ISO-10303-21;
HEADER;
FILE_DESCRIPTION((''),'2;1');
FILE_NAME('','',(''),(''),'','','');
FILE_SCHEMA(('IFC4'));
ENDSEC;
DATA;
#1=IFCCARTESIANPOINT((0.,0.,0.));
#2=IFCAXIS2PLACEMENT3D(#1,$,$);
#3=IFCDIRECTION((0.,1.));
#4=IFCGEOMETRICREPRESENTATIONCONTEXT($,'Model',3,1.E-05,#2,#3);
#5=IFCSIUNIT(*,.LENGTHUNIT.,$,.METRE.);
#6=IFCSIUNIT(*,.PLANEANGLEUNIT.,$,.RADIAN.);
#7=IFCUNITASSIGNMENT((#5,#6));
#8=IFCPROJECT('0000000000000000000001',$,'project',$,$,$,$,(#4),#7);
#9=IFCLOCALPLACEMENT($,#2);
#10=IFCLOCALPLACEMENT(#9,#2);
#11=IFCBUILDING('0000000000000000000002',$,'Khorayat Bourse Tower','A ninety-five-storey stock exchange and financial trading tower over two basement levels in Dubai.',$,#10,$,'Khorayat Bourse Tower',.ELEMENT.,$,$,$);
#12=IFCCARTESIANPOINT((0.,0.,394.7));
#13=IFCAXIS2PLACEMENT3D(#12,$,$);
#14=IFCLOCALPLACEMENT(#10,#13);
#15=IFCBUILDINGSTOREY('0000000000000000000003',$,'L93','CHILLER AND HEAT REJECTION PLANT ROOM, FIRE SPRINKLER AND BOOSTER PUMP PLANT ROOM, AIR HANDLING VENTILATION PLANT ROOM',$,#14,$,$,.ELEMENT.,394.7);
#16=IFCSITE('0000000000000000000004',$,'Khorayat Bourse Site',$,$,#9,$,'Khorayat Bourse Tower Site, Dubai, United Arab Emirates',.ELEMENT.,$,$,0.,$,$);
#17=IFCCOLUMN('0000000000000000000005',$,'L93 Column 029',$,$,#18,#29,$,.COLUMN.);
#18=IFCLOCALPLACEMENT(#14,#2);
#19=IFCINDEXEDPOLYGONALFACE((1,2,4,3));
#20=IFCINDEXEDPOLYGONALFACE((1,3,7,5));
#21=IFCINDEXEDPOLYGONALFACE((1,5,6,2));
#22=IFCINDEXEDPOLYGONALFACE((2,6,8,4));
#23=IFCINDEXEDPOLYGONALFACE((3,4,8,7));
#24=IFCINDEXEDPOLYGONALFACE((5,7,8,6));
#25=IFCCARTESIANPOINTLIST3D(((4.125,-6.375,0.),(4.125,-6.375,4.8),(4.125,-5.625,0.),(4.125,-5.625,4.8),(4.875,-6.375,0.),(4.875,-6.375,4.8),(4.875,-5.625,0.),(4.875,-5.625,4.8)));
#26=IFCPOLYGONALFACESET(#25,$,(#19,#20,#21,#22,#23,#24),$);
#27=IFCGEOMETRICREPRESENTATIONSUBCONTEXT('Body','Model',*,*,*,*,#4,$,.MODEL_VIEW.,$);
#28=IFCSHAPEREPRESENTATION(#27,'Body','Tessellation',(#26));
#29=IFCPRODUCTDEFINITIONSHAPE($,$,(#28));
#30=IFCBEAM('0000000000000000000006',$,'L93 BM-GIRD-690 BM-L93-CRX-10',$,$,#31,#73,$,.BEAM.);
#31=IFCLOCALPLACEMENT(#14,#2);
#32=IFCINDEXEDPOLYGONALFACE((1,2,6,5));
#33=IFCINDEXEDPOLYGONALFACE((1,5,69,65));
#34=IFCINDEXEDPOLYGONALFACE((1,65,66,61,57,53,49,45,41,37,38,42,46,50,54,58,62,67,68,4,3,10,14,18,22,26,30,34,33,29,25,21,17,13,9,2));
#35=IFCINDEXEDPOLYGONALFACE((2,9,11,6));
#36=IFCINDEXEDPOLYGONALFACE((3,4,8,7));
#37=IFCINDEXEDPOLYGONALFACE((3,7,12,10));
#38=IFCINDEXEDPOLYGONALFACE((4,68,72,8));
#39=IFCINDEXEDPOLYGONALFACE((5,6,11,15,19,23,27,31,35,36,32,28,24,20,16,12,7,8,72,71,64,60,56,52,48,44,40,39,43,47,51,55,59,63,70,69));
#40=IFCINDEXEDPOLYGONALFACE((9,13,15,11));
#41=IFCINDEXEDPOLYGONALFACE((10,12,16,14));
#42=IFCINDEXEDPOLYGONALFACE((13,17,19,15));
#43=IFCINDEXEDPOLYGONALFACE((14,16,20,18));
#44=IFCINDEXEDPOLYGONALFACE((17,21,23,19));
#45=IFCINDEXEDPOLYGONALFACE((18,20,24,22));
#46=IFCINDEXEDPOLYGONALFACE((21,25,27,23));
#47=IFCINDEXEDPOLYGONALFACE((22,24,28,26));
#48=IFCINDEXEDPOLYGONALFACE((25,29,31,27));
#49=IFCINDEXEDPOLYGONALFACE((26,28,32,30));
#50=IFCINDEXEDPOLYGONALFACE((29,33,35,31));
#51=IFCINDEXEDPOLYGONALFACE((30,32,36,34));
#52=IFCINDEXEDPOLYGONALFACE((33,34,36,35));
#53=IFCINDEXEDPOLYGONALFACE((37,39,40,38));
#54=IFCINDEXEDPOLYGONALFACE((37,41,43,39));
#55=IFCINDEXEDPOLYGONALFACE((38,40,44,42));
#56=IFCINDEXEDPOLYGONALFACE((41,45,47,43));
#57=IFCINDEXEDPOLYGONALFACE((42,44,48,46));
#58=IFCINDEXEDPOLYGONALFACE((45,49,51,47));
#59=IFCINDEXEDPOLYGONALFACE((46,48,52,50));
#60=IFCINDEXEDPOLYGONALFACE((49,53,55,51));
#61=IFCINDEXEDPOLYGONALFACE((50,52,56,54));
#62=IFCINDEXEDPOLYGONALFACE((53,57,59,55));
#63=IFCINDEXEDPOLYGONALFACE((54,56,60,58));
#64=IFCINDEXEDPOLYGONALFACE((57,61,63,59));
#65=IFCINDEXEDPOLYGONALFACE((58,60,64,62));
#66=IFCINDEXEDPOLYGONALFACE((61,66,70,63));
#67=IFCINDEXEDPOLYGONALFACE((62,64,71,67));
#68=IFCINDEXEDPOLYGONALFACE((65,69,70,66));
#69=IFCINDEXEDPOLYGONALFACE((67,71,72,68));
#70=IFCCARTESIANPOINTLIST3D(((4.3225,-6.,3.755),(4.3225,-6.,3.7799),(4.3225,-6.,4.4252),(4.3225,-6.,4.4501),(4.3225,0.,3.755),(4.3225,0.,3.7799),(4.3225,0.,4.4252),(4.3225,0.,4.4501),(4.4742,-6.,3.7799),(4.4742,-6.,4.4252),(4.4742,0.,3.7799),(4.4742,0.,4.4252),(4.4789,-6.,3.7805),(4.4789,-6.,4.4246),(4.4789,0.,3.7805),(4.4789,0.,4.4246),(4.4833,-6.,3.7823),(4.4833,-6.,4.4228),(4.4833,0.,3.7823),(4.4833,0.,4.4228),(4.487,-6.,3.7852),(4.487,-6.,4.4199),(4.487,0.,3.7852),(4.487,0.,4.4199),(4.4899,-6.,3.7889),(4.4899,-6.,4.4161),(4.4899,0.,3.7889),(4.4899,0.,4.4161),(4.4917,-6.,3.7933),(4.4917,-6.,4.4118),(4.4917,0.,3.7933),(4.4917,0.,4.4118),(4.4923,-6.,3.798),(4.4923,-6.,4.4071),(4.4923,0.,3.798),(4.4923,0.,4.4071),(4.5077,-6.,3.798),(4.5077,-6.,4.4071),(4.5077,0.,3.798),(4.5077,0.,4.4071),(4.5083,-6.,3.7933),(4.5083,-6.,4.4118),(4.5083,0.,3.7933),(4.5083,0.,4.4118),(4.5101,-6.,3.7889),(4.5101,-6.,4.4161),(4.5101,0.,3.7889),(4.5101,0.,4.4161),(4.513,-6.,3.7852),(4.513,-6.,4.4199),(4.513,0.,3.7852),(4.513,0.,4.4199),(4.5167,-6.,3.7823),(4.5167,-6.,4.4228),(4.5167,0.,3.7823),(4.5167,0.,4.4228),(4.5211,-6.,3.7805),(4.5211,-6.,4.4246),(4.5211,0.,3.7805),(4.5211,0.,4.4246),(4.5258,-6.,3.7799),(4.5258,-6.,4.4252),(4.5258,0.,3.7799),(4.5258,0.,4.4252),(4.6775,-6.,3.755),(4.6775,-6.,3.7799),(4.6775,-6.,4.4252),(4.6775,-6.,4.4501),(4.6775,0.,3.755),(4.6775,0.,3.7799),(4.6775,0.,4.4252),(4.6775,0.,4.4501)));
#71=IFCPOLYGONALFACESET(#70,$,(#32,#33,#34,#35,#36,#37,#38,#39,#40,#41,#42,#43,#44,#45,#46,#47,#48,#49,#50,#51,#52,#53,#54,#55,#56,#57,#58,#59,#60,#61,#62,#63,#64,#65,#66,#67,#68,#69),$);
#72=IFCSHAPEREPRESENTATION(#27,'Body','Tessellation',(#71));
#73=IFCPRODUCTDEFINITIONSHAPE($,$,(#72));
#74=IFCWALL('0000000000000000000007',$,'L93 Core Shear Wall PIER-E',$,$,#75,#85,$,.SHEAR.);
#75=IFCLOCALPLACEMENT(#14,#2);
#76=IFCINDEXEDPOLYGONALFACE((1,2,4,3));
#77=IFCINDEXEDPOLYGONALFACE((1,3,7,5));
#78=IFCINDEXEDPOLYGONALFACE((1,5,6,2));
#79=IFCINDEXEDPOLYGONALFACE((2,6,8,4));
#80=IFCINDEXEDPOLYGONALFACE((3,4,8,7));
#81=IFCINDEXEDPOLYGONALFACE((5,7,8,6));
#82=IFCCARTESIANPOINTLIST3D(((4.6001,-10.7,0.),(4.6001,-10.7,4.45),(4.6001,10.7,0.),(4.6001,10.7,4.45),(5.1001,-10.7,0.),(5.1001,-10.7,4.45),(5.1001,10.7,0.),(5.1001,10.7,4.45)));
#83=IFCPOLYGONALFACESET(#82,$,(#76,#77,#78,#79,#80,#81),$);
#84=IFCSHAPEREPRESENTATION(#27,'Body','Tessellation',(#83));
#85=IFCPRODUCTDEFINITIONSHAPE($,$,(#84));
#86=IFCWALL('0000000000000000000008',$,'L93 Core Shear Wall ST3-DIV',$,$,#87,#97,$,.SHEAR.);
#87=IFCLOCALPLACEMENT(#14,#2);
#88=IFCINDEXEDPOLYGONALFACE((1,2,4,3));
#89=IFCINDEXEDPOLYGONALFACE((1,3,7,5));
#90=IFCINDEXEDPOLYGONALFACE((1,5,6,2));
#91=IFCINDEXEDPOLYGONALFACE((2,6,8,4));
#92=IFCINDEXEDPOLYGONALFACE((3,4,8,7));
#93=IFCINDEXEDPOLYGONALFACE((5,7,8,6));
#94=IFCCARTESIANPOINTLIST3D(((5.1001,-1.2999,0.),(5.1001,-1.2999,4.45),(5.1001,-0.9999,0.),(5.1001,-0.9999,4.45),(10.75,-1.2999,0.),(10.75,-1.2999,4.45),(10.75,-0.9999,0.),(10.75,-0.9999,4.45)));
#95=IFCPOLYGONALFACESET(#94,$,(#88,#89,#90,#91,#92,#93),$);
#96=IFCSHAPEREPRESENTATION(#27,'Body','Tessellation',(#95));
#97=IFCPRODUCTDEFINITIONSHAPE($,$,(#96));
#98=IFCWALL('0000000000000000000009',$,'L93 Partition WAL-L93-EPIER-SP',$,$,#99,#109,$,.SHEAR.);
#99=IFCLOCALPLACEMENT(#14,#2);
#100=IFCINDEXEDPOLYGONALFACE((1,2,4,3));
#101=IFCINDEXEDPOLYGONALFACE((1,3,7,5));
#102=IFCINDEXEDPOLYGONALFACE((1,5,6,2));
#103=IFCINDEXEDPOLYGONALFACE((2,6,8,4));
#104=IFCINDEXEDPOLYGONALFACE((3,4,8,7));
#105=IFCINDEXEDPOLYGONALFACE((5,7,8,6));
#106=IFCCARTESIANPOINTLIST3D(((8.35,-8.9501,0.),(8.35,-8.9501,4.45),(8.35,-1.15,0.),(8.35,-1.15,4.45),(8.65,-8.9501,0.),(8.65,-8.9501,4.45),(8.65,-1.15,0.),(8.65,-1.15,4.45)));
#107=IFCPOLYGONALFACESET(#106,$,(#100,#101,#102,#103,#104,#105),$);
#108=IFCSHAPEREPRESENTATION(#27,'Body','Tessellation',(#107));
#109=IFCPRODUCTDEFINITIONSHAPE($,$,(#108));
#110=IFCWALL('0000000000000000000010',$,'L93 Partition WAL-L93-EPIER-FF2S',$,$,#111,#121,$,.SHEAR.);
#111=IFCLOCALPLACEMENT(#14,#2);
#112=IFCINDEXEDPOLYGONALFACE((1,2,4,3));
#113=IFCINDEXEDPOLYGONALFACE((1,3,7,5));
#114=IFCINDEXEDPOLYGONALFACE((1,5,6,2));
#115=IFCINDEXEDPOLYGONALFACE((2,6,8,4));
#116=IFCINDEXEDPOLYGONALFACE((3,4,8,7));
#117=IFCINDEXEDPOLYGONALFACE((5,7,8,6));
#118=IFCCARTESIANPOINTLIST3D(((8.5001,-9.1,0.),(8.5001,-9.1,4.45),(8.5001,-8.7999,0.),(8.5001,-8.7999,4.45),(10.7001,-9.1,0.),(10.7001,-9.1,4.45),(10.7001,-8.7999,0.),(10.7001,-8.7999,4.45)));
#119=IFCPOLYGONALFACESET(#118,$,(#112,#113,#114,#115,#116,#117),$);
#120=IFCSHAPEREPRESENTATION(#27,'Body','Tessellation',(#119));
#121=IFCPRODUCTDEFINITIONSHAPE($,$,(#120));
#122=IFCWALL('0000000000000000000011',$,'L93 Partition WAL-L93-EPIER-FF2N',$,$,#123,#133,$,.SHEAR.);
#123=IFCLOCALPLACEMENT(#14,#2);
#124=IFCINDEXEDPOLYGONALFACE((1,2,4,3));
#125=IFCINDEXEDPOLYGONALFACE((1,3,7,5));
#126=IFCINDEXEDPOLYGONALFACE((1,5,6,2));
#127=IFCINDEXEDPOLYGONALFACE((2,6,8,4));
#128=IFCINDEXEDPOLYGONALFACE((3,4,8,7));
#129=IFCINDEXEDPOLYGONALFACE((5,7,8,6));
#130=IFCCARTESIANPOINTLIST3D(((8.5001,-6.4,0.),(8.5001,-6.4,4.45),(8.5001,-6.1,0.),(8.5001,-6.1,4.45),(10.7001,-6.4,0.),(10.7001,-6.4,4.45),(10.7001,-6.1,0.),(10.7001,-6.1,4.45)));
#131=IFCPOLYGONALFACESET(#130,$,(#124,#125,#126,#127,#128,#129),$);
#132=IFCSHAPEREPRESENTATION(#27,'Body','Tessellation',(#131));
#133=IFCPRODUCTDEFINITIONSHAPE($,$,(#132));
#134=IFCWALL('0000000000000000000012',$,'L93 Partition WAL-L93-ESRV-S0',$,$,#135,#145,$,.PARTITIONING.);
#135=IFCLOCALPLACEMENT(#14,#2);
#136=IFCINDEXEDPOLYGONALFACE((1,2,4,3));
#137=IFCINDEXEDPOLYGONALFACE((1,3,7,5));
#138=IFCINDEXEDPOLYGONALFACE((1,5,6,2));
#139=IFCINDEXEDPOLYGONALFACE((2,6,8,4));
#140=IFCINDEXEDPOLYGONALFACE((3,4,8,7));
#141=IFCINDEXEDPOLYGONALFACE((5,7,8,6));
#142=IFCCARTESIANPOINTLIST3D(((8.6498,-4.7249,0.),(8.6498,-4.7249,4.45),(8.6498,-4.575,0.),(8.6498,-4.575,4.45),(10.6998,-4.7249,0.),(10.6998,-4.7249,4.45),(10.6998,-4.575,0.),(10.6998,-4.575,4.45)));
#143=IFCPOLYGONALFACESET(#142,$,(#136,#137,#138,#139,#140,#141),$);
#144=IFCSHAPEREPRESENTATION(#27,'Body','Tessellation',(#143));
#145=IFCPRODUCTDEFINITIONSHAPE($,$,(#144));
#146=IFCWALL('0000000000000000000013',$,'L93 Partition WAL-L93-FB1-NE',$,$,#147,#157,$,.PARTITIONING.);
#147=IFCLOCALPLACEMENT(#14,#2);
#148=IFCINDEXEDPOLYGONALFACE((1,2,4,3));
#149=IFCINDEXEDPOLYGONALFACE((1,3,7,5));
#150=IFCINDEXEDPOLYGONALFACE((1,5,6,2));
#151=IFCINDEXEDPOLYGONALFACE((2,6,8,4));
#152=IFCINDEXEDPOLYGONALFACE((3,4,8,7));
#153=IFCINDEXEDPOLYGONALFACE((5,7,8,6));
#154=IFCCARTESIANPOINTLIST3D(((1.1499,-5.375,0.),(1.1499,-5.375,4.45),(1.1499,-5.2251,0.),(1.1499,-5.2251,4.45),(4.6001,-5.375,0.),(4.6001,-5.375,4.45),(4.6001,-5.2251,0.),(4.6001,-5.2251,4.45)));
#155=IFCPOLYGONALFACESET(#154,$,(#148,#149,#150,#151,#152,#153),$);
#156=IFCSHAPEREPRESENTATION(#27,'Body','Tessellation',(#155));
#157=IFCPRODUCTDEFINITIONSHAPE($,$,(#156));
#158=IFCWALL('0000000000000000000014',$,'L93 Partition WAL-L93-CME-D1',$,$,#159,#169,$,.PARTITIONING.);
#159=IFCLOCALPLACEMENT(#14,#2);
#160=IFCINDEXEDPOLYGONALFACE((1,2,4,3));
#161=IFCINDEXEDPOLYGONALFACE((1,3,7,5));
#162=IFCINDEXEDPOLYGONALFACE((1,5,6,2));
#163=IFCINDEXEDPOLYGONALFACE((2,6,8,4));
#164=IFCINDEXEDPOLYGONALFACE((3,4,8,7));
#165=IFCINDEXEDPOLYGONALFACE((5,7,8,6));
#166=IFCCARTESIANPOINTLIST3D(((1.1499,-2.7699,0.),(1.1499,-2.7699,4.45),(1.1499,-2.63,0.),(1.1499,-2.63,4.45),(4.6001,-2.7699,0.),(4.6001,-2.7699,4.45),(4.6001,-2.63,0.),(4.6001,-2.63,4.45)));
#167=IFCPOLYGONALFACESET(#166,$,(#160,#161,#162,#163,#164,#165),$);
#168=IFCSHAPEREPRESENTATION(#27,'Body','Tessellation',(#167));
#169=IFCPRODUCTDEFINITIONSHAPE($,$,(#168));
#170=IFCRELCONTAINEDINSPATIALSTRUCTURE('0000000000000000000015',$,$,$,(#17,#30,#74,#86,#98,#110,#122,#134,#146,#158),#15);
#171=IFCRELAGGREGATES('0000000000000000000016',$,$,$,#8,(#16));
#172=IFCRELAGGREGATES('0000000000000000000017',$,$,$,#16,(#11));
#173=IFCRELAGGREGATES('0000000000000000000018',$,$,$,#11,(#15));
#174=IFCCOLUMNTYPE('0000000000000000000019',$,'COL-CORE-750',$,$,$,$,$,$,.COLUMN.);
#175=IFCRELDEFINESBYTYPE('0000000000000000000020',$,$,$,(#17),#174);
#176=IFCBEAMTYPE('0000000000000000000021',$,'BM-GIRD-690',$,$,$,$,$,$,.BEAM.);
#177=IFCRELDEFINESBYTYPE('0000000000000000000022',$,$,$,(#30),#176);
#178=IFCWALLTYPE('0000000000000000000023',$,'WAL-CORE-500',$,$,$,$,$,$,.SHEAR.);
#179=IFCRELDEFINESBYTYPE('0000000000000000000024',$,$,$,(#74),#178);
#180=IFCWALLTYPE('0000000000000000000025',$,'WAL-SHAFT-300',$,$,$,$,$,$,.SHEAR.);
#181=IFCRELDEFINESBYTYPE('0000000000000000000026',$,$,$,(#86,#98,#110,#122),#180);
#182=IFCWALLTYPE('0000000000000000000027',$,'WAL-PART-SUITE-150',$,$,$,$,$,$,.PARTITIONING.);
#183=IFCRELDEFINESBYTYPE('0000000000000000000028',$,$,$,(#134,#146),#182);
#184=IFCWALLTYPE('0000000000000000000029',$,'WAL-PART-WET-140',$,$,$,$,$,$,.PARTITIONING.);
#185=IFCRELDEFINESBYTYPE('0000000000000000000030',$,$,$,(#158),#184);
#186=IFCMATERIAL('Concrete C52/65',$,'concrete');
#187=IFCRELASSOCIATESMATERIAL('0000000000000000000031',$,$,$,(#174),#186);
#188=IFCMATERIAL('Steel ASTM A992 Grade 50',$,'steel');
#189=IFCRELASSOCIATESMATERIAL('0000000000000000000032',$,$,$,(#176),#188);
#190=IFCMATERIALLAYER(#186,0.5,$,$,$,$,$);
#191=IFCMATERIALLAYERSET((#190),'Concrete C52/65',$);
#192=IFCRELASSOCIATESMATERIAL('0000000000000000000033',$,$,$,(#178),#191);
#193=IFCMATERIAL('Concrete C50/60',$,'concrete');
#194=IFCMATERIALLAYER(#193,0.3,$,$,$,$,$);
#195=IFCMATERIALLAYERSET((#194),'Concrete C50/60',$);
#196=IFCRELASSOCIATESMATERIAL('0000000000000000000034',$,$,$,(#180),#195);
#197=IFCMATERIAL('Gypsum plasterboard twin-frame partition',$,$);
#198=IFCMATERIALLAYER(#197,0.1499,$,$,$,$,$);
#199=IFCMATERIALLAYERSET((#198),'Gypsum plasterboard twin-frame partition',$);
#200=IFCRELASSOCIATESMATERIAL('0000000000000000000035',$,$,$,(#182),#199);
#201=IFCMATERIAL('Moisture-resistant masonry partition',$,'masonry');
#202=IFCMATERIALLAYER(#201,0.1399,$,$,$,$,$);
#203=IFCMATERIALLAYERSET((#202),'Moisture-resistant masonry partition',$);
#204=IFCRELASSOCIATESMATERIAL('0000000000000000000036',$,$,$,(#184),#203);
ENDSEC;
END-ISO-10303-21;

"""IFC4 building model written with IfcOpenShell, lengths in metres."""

from ifc_helpers import new_model, si_unit, direction, frame, frame_2d, origin, origin_2d, place, context, subcontext, project, spatial, rectangle, i_section, extrude, source, transform, mapped, material, layer, layer_set, material_profile, profile_set, type_object, element, save


model = new_model("IFC4")

# Units and contexts
model_context = context("Model", 3, precision=1e-05, world=origin(), true_north=direction((0.0, 1.0)))
body_context = subcontext(model_context, "Body", "Model", "MODEL_VIEW")
ifc_project = project(units=[si_unit("LENGTHUNIT", "METRE"), si_unit("PLANEANGLEUNIT", "RADIAN")], contexts=[model_context])

# Site, building, storey
site_placement = place(None, origin())
site = spatial("IfcSite", under=ifc_project, at=site_placement, Name="Khorayat Bourse Site", LongName="Khorayat Bourse Tower Site, Dubai, United Arab Emirates", CompositionType="ELEMENT", RefElevation=0.0)
building_placement = place(site_placement, origin())
building = spatial("IfcBuilding", under=site, at=building_placement, Name="Khorayat Bourse Tower", Description="A ninety-five-storey stock exchange and financial trading tower over two basement levels in Dubai.", LongName="Khorayat Bourse Tower", CompositionType="ELEMENT")
storey_placement = place(building_placement, frame((0.0, 0.0, 394.7)))
storey = spatial("IfcBuildingStorey", under=building, at=storey_placement, Name="L93", Description="CHILLER AND HEAT REJECTION PLANT ROOM, FIRE SPRINKLER AND BOOSTER PUMP PLANT ROOM, AIR HANDLING VENTILATION PLANT ROOM", CompositionType="ELEMENT", Elevation=394.7)

# Column
ifc_material_1 = material(Name="Concrete C52/65", Category="concrete")
ifc_material_profile_1 = material_profile(ifc_material_1, rectangle(XDim=0.75, YDim=0.75, at=origin_2d()), Name="RC 750x750")
ifc_profile_set_1 = profile_set([ifc_material_profile_1], Name="Concrete C52/65")
column_type = type_object("IfcColumnType", Name="COL-CORE-750", PredefinedType="COLUMN", material=ifc_profile_set_1)
shared_shape_1 = source(origin(), body_context, "Body", "SweptSolid", [
    extrude(rectangle(XDim=0.75, YDim=0.75, at=origin_2d()), origin(), (0.0, 0.0, 1.0), 4.8),
])
column_placement = place(storey_placement, frame((4.5, -6.0, 0.0), z_axis=(0.0, 0.0, 1.0), x_axis=(1.0, 0.0, 0.0)))
element("IfcColumn", 1, at=column_placement, inside=storey, type_object=column_type, Name="L93 Column 029", PredefinedType="COLUMN", context=body_context, shape_type="MappedRepresentation", body=[
    mapped(shared_shape_1, transform((0.0, 0.0, 0.0), scale=1.0)),
])

# Beam
ifc_material_2 = material(Name="Steel ASTM A992 Grade 50", Category="steel")
ifc_material_profile_2 = material_profile(ifc_material_2, i_section(OverallWidth=0.355, OverallDepth=0.6951, WebThickness=0.0154, FlangeThickness=0.0249, FilletRadius=0.0181, at=origin_2d()), Name="W690X217")
ifc_profile_set_2 = profile_set([ifc_material_profile_2], Name="Steel ASTM A992 Grade 50")
beam_type = type_object("IfcBeamType", Name="BM-GIRD-690", PredefinedType="BEAM", material=ifc_profile_set_2)
shared_shape_2 = source(origin(), body_context, "Body", "SweptSolid", [
    extrude(i_section(OverallWidth=0.355, OverallDepth=0.6951, WebThickness=0.0154, FlangeThickness=0.0249, FilletRadius=0.0181, at=origin_2d()), origin(), (0.0, 0.0, 1.0), 6.0),
])
beam_placement = place(storey_placement, frame((4.5, -6.0, 4.1025), z_axis=(0.0, 1.0, 0.0), x_axis=(-1.0, 0.0, 0.0)))
element("IfcBeam", 2, at=beam_placement, inside=storey, type_object=beam_type, Name="L93 BM-GIRD-690 BM-L93-CRX-10", PredefinedType="BEAM", context=body_context, shape_type="MappedRepresentation", body=[
    mapped(shared_shape_2, transform((0.0, 0.0, 0.0), scale=1.0)),
])

# Walls
ifc_layer_1 = layer(ifc_material_1, 0.5)
ifc_layer_set_1 = layer_set([ifc_layer_1], Name="Concrete C52/65")
wall_type_1 = type_object("IfcWallType", Name="WAL-CORE-500", PredefinedType="SHEAR", material=ifc_layer_set_1)
shared_shape_3 = source(origin(), body_context, "Body", "SweptSolid", [
    extrude(rectangle(XDim=21.3999, YDim=0.5, at=frame_2d((10.7, 0.0))), origin(), (0.0, 0.0, 1.0), 4.45),
])
wall_1_placement = place(storey_placement, frame((4.8501, -10.7, 0.0), z_axis=(0.0, 0.0, 1.0), x_axis=(0.0, 1.0, 0.0)))
element("IfcWall", 3, at=wall_1_placement, inside=storey, type_object=wall_type_1, Name="L93 Core Shear Wall PIER-E", PredefinedType="SHEAR", context=body_context, shape_type="MappedRepresentation", body=[
    mapped(shared_shape_3, transform((0.0, 0.0, 0.0), scale=1.0)),
])
ifc_material_3 = material(Name="Concrete C50/60", Category="concrete")
ifc_layer_2 = layer(ifc_material_3, 0.3)
ifc_layer_set_2 = layer_set([ifc_layer_2], Name="Concrete C50/60")
wall_type_2 = type_object("IfcWallType", Name="WAL-SHAFT-300", PredefinedType="SHEAR", material=ifc_layer_set_2)
shared_shape_4 = source(origin(), body_context, "Body", "SweptSolid", [
    extrude(rectangle(XDim=5.6499, YDim=0.3, at=frame_2d((2.825, 0.0))), origin(), (0.0, 0.0, 1.0), 4.45),
])
wall_2_placement = place(storey_placement, frame((5.1001, -1.1499, 0.0), z_axis=(0.0, 0.0, 1.0), x_axis=(1.0, 0.0, 0.0)))
element("IfcWall", 4, at=wall_2_placement, inside=storey, type_object=wall_type_2, Name="L93 Core Shear Wall ST3-DIV", PredefinedType="SHEAR", context=body_context, shape_type="MappedRepresentation", body=[
    mapped(shared_shape_4, transform((0.0, 0.0, 0.0), scale=1.0)),
])
shared_shape_5 = source(origin(), body_context, "Body", "SweptSolid", [
    extrude(rectangle(XDim=7.8, YDim=0.3, at=frame_2d((3.8999, 0.0))), origin(), (0.0, 0.0, 1.0), 4.45),
])
wall_3_placement = place(storey_placement, frame((8.5, -8.95, 0.0), z_axis=(0.0, 0.0, 1.0), x_axis=(0.0, 1.0, 0.0)))
element("IfcWall", 5, at=wall_3_placement, inside=storey, type_object=wall_type_2, Name="L93 Partition WAL-L93-EPIER-SP", PredefinedType="SHEAR", context=body_context, shape_type="MappedRepresentation", body=[
    mapped(shared_shape_5, transform((0.0, 0.0, 0.0), scale=1.0)),
])
shared_shape_6 = source(origin(), body_context, "Body", "SweptSolid", [
    extrude(rectangle(XDim=2.2, YDim=0.3, at=frame_2d((1.1001, 0.0))), origin(), (0.0, 0.0, 1.0), 4.45),
])
for number, where, z_axis, x_axis, name in (
    (6, (8.5, -8.95, 0.0), (0.0, 0.0, 1.0), (1.0, 0.0, 0.0), "L93 Partition WAL-L93-EPIER-FF2S"),
    (7, (8.5, -6.25, 0.0), (0.0, 0.0, 1.0), (1.0, 0.0, 0.0), "L93 Partition WAL-L93-EPIER-FF2N"),
):
    element("IfcWall", number, at=place(storey_placement, frame(where, z_axis=z_axis, x_axis=x_axis)), inside=storey, type_object=wall_type_2, Name=name, PredefinedType="SHEAR", context=body_context, shape_type="MappedRepresentation", body=[
        mapped(shared_shape_6, transform((0.0, 0.0, 0.0), scale=1.0)),
    ])
ifc_material_4 = material(Name="Gypsum plasterboard twin-frame partition")
ifc_layer_3 = layer(ifc_material_4, 0.1499)
ifc_layer_set_3 = layer_set([ifc_layer_3], Name="Gypsum plasterboard twin-frame partition")
wall_type_3 = type_object("IfcWallType", Name="WAL-PART-SUITE-150", PredefinedType="PARTITIONING", material=ifc_layer_set_3)
shared_shape_7 = source(origin(), body_context, "Body", "SweptSolid", [
    extrude(rectangle(XDim=2.05, YDim=0.1499, at=frame_2d((1.0249, 0.0))), origin(), (0.0, 0.0, 1.0), 4.45),
])
wall_4_placement = place(storey_placement, frame((8.6499, -4.6499, 0.0), z_axis=(0.0, 0.0, 1.0), x_axis=(1.0, 0.0, 0.0)))
element("IfcWall", 8, at=wall_4_placement, inside=storey, type_object=wall_type_3, Name="L93 Partition WAL-L93-ESRV-S0", PredefinedType="PARTITIONING", context=body_context, shape_type="MappedRepresentation", body=[
    mapped(shared_shape_7, transform((0.0, 0.0, 0.0), scale=1.0)),
])
shared_shape_8 = source(origin(), body_context, "Body", "SweptSolid", [
    extrude(rectangle(XDim=3.4502, YDim=0.1499, at=frame_2d((1.7251, 0.0))), origin(), (0.0, 0.0, 1.0), 4.45),
])
wall_5_placement = place(storey_placement, frame((1.1499, -5.3, 0.0), z_axis=(0.0, 0.0, 1.0), x_axis=(1.0, 0.0, 0.0)))
element("IfcWall", 9, at=wall_5_placement, inside=storey, type_object=wall_type_3, Name="L93 Partition WAL-L93-FB1-NE", PredefinedType="PARTITIONING", context=body_context, shape_type="MappedRepresentation", body=[
    mapped(shared_shape_8, transform((0.0, 0.0, 0.0), scale=1.0)),
])
ifc_material_5 = material(Name="Moisture-resistant masonry partition", Category="masonry")
ifc_layer_4 = layer(ifc_material_5, 0.1399)
ifc_layer_set_4 = layer_set([ifc_layer_4], Name="Moisture-resistant masonry partition")
wall_type_4 = type_object("IfcWallType", Name="WAL-PART-WET-140", PredefinedType="PARTITIONING", material=ifc_layer_set_4)
shared_shape_9 = source(origin(), body_context, "Body", "SweptSolid", [
    extrude(rectangle(XDim=3.4502, YDim=0.1399, at=frame_2d((1.7251, 0.0))), origin(), (0.0, 0.0, 1.0), 4.45),
])
wall_6_placement = place(storey_placement, frame((1.1499, -2.7, 0.0), z_axis=(0.0, 0.0, 1.0), x_axis=(1.0, 0.0, 0.0)))
element("IfcWall", 10, at=wall_6_placement, inside=storey, type_object=wall_type_4, Name="L93 Partition WAL-L93-CME-D1", PredefinedType="PARTITIONING", context=body_context, shape_type="MappedRepresentation", body=[
    mapped(shared_shape_9, transform((0.0, 0.0, 0.0), scale=1.0)),
])

save(model, "model.ifc")
